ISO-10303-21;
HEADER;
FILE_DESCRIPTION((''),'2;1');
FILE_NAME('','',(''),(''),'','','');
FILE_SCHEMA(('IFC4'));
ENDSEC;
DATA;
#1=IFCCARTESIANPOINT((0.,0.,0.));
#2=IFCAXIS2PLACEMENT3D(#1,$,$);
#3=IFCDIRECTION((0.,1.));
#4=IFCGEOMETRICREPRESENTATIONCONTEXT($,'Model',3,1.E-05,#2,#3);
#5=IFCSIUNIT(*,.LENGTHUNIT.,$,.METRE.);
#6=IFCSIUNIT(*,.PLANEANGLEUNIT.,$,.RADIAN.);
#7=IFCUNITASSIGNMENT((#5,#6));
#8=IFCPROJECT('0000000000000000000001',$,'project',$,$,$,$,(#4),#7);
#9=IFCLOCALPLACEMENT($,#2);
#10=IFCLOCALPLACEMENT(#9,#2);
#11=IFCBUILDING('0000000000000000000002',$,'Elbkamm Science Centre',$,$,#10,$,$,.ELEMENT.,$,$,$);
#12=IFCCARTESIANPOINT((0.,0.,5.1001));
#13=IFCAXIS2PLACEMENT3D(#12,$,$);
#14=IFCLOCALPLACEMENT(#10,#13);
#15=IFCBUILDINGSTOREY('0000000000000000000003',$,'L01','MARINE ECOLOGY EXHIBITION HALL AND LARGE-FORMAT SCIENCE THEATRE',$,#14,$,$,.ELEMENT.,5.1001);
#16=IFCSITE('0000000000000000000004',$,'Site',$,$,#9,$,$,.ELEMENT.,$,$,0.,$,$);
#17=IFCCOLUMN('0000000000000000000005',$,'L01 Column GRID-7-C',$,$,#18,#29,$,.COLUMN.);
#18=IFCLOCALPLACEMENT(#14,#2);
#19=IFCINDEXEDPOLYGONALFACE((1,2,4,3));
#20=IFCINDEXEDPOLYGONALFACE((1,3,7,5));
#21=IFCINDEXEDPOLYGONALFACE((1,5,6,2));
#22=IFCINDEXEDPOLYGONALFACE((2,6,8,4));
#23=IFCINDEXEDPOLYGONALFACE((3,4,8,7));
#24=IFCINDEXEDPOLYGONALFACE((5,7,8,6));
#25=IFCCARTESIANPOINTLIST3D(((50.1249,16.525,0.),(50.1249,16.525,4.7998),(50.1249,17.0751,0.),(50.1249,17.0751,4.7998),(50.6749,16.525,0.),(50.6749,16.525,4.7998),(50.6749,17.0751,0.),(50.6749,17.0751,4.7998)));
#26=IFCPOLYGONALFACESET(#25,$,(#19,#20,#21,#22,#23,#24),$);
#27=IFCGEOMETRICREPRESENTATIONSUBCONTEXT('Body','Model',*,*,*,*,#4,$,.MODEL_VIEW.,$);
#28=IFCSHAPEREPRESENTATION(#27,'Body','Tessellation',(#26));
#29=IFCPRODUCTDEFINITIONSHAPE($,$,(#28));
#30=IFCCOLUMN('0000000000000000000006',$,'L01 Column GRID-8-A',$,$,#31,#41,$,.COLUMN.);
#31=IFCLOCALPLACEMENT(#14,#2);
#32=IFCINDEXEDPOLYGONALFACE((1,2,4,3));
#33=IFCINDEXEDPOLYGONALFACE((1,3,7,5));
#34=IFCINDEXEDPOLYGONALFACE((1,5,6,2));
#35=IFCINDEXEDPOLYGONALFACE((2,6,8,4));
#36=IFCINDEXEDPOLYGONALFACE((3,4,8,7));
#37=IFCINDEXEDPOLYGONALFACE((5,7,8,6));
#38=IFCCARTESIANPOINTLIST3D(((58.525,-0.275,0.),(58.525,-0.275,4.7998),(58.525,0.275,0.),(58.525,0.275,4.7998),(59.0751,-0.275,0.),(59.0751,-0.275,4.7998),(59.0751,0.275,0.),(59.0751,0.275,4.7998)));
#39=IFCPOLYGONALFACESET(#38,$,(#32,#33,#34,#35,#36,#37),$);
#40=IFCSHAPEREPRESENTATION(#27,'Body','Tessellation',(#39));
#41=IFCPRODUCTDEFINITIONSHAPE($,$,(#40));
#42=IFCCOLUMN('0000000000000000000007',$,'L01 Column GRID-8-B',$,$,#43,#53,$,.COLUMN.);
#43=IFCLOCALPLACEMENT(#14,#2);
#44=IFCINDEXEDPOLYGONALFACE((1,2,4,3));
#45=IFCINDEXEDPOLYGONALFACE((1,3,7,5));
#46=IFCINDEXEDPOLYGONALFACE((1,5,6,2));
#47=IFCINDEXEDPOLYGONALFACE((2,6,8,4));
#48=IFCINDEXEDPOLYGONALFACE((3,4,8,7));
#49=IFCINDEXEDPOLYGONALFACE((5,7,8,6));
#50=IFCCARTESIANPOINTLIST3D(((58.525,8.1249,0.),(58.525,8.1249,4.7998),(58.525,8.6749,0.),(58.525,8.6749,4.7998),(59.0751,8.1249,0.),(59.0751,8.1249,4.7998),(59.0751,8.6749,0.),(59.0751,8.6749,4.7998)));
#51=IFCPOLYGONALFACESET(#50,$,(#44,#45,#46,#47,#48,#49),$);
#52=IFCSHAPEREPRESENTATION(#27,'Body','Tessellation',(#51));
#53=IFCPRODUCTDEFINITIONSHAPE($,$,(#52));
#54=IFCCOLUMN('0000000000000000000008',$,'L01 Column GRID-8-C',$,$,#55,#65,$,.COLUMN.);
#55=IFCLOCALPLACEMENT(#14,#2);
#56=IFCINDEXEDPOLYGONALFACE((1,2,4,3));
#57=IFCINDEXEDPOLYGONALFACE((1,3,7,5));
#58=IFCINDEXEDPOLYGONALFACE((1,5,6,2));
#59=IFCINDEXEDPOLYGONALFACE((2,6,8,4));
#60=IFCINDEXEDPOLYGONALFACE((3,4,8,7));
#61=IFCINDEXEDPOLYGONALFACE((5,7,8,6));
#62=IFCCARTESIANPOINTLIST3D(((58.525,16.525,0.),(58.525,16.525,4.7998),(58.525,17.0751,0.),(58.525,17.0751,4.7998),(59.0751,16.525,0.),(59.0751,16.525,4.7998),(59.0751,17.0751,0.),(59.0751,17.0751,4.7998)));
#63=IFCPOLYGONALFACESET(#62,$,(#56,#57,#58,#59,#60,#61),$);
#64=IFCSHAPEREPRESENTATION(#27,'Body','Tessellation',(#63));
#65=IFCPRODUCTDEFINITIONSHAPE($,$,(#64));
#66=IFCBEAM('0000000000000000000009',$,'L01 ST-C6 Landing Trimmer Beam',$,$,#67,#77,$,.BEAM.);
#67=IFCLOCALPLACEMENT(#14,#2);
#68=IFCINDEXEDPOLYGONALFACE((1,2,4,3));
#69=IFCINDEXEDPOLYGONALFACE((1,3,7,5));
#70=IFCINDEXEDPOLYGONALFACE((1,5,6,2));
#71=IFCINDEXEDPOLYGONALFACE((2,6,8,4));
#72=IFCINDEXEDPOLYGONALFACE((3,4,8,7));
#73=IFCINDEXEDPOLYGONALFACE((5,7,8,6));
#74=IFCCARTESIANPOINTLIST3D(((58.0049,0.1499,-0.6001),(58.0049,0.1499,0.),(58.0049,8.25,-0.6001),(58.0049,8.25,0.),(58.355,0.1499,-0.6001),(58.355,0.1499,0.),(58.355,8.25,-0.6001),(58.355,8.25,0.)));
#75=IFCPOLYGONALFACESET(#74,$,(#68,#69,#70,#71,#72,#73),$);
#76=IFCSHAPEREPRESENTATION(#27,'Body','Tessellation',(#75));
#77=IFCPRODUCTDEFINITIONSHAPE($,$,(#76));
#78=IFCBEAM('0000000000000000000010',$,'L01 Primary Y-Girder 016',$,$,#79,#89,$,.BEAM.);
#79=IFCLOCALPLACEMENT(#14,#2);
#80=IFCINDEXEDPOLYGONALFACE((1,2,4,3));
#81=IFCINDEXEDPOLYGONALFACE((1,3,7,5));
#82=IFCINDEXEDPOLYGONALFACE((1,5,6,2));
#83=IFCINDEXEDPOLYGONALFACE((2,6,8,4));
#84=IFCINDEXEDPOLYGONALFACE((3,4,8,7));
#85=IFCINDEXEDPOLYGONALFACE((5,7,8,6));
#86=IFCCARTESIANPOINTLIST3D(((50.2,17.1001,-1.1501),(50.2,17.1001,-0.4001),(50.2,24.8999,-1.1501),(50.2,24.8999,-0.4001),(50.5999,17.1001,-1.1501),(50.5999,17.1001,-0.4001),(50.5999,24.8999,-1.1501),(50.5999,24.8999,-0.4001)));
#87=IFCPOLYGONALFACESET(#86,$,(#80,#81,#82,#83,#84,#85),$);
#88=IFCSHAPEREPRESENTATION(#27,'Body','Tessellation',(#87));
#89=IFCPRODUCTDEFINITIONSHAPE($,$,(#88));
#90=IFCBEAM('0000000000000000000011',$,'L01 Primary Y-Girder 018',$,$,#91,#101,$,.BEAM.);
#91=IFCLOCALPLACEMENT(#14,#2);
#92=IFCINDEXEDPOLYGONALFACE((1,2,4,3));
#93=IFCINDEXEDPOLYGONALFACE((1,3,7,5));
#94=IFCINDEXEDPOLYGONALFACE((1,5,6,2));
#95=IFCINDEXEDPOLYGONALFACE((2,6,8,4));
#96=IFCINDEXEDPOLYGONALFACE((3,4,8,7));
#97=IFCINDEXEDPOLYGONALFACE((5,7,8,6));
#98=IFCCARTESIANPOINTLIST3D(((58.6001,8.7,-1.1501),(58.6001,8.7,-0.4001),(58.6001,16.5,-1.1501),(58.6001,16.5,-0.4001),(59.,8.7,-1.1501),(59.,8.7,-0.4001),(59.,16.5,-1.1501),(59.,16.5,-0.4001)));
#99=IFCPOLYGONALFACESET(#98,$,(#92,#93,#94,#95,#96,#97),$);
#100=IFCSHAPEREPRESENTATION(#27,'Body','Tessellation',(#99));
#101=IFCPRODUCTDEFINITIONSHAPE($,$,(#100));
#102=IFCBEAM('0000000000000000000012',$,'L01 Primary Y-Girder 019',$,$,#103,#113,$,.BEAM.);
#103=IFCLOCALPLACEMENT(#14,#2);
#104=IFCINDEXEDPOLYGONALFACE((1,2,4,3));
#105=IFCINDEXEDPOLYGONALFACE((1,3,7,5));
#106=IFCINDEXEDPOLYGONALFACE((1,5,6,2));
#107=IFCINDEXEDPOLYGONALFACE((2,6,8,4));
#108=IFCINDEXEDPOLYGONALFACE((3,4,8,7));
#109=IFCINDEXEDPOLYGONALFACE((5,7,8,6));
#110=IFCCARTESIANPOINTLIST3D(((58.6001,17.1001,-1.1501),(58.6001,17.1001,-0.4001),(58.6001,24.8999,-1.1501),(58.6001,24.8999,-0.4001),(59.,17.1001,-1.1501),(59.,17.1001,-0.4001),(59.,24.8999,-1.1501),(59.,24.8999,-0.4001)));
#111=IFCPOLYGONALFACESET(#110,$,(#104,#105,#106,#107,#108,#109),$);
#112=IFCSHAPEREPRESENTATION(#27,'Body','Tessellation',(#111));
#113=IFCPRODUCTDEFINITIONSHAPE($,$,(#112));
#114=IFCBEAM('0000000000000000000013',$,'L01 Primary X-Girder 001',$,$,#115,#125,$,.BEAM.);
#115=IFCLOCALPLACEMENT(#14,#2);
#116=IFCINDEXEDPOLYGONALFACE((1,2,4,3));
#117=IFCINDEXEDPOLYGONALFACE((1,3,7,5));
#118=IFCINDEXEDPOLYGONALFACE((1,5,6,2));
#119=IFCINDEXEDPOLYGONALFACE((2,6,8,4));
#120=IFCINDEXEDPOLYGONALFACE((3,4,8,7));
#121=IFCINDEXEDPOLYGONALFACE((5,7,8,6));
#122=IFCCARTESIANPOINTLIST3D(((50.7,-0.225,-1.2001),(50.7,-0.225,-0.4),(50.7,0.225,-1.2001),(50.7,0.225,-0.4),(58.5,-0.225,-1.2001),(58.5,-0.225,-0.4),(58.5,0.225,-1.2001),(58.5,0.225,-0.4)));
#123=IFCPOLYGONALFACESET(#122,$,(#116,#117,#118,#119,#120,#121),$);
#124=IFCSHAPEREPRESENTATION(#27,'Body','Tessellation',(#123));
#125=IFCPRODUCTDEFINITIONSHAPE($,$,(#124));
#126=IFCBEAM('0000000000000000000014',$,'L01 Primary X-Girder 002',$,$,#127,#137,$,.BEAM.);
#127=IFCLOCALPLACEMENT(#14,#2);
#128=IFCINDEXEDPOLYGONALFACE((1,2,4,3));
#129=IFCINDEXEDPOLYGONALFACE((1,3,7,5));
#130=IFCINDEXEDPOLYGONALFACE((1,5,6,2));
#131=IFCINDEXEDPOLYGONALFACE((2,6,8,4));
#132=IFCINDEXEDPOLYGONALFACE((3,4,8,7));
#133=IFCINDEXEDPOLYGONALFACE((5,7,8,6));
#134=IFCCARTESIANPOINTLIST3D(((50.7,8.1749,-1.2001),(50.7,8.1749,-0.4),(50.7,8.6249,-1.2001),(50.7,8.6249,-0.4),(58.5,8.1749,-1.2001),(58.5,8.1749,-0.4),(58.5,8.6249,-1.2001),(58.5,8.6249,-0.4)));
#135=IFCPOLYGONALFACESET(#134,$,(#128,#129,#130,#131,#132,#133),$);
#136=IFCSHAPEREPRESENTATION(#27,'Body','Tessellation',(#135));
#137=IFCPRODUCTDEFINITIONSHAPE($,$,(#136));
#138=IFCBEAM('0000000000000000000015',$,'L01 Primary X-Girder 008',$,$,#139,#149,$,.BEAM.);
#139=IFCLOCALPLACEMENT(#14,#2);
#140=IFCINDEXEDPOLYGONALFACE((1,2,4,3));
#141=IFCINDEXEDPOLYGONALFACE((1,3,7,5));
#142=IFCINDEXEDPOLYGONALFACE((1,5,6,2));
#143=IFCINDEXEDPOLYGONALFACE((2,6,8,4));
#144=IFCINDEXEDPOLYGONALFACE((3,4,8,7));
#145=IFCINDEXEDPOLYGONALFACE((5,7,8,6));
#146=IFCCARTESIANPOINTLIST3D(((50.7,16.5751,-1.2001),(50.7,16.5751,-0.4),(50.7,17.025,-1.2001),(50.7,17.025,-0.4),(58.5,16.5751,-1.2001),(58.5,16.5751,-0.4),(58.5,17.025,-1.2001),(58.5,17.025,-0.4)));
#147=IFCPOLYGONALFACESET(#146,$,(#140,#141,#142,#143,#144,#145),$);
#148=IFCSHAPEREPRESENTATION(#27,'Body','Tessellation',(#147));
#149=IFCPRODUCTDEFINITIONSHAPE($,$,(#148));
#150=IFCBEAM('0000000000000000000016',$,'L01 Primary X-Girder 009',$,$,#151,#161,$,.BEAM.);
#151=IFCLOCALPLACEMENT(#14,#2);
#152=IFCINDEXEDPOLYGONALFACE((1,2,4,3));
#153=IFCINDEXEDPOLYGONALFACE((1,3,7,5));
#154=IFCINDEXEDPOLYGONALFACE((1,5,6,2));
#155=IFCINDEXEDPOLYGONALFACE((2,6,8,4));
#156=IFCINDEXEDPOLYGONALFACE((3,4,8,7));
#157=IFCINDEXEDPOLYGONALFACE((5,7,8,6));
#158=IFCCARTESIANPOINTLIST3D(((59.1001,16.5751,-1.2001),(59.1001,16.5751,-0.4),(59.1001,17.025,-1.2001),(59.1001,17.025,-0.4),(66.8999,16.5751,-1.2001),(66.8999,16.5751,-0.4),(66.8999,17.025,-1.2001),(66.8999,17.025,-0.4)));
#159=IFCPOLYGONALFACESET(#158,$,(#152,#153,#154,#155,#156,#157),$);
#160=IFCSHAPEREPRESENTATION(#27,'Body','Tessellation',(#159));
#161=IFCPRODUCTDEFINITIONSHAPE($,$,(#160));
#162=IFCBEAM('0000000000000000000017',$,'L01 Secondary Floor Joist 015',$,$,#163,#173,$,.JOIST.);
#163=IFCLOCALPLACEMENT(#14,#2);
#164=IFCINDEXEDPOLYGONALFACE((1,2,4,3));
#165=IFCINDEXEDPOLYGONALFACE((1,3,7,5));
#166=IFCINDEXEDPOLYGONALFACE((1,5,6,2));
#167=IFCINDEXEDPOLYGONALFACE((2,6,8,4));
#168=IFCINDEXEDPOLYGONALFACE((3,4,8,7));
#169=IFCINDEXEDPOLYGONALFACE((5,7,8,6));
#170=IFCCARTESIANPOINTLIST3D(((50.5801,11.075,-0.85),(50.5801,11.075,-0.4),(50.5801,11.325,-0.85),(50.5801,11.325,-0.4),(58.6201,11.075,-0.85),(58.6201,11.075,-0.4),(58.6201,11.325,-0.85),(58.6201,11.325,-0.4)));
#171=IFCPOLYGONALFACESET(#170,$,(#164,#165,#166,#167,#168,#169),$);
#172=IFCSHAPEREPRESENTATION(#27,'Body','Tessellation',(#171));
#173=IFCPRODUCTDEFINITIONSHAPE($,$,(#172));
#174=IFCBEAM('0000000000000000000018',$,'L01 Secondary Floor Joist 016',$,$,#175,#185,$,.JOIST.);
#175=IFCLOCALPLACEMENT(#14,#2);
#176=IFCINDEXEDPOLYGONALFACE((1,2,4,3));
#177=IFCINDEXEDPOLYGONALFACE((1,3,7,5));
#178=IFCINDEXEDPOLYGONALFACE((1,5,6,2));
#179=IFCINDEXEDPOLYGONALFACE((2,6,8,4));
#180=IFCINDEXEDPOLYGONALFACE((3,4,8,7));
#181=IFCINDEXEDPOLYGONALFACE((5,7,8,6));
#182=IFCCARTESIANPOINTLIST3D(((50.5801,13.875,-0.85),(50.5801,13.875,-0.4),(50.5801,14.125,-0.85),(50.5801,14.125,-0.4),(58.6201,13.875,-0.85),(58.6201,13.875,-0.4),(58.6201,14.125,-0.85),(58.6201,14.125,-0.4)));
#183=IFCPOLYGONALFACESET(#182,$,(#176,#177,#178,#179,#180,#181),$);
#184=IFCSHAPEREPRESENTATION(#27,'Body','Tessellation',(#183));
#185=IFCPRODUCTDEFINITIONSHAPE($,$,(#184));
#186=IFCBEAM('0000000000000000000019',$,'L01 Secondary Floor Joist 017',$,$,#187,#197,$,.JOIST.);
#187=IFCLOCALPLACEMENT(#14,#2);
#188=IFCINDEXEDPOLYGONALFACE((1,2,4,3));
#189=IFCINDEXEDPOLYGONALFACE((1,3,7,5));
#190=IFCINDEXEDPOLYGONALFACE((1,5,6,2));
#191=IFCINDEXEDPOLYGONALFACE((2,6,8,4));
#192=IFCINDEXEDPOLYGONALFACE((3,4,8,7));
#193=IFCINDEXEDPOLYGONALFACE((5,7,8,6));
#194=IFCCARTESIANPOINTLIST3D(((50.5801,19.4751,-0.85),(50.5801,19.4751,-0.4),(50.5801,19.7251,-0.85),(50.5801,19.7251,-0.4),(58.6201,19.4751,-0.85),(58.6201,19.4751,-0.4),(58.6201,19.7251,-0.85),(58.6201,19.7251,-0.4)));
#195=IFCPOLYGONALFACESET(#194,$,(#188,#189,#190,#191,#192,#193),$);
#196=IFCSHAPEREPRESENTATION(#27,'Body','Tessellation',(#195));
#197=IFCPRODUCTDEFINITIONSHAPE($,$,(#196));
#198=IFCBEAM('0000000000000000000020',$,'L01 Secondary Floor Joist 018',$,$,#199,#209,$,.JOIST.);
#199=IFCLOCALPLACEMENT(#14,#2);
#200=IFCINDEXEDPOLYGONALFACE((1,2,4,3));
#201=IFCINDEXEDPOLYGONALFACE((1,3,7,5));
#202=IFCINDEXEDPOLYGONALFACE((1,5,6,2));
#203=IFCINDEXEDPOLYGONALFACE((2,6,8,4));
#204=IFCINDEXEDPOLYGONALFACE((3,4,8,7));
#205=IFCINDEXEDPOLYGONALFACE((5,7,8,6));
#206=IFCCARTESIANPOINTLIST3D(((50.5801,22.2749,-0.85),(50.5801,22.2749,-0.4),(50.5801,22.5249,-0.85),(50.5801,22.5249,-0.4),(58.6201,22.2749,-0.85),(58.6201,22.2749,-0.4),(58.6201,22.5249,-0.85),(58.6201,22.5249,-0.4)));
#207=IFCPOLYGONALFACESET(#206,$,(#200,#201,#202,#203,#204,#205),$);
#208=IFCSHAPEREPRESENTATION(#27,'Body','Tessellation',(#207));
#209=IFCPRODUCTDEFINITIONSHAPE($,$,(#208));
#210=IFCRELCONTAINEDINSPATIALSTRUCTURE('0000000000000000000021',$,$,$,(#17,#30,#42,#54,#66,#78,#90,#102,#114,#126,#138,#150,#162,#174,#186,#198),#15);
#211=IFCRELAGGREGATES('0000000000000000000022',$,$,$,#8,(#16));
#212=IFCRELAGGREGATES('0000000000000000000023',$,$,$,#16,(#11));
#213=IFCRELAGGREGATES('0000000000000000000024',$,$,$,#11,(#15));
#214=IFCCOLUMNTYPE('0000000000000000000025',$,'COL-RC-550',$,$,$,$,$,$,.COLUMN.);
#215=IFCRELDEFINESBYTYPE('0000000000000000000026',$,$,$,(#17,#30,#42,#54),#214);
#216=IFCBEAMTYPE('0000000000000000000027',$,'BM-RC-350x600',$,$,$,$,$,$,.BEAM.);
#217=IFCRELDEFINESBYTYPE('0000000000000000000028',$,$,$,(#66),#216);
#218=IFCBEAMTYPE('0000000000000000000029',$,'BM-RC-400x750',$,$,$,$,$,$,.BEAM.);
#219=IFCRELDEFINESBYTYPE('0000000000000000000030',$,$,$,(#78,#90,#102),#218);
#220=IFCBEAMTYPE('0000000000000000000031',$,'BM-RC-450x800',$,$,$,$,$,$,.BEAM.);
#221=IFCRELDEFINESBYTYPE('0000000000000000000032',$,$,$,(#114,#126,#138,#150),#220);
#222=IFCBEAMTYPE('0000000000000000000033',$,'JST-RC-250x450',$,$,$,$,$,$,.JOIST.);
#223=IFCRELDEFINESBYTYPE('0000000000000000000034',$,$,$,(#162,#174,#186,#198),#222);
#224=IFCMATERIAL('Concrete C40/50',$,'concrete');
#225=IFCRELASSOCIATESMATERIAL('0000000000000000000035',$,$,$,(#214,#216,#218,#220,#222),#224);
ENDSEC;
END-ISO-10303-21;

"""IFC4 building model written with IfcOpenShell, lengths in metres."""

from ifc_helpers import new_model, si_unit, direction, frame, origin, origin_2d, place, context, subcontext, project, spatial, rectangle, extrude, material, material_profile, profile_set, type_object, element, save


model = new_model("IFC4")

# Units and contexts
model_context = context("Model", 3, precision=1e-05, world=origin(), true_north=direction((0.0, 1.0)))
body_context = subcontext(model_context, "Body", "Model", "MODEL_VIEW")
ifc_project = project(units=[si_unit("LENGTHUNIT", "METRE"), si_unit("PLANEANGLEUNIT", "RADIAN")], contexts=[model_context])

# Site, building, storey
site_placement = place(None, origin())
site = spatial("IfcSite", under=ifc_project, at=site_placement, Name="Site", CompositionType="ELEMENT", RefElevation=0.0)
building_placement = place(site_placement, origin())
building = spatial("IfcBuilding", under=site, at=building_placement, Name="Elbkamm Science Centre", CompositionType="ELEMENT")
storey_placement = place(building_placement, frame((0.0, 0.0, 5.1001)))
storey = spatial("IfcBuildingStorey", under=building, at=storey_placement, Name="L01", Description="MARINE ECOLOGY EXHIBITION HALL AND LARGE-FORMAT SCIENCE THEATRE", CompositionType="ELEMENT", Elevation=5.1001)

# Columns
ifc_material_1 = material(Name="Concrete C40/50", Category="concrete")
ifc_material_profile_1 = material_profile(ifc_material_1, rectangle(XDim=0.55, YDim=0.55, at=origin_2d()), Name="RC 550x550")
ifc_profile_set_1 = profile_set([ifc_material_profile_1], Name="Concrete C40/50")
column_type = type_object("IfcColumnType", Name="COL-RC-550", PredefinedType="COLUMN", material=ifc_profile_set_1)
for number, where, z_axis, x_axis, name in (
    (1, (50.3999, 16.8, 0.0), (0.0, 0.0, 1.0), (1.0, 0.0, 0.0), "L01 Column GRID-7-C"),
    (2, (58.8, 0.0, 0.0), (0.0, 0.0, 1.0), (1.0, 0.0, 0.0), "L01 Column GRID-8-A"),
    (3, (58.8, 8.3999, 0.0), (0.0, 0.0, 1.0), (1.0, 0.0, 0.0), "L01 Column GRID-8-B"),
    (4, (58.8, 16.8, 0.0), (0.0, 0.0, 1.0), (1.0, 0.0, 0.0), "L01 Column GRID-8-C"),
):
    element("IfcColumn", number, at=place(storey_placement, frame(where, z_axis=z_axis, x_axis=x_axis)), inside=storey, type_object=column_type, Name=name, PredefinedType="COLUMN", context=body_context, shape_type="SweptSolid", body=[
        extrude(rectangle(XDim=0.55, YDim=0.55, at=origin_2d()), origin(), (0.0, 0.0, 1.0), 4.7998),
    ])

# Beams
ifc_material_profile_2 = material_profile(ifc_material_1, rectangle(XDim=0.3501, YDim=0.6001, at=origin_2d()), Name="RC 350x600")
ifc_profile_set_2 = profile_set([ifc_material_profile_2], Name="Concrete C40/50")
beam_type_1 = type_object("IfcBeamType", Name="BM-RC-350x600", PredefinedType="BEAM", material=ifc_profile_set_2)
beam_1_placement = place(storey_placement, frame((58.1799, 0.1499, -0.3), z_axis=(0.0, 1.0, 0.0), x_axis=(-1.0, 0.0, 0.0)))
element("IfcBeam", 5, at=beam_1_placement, inside=storey, type_object=beam_type_1, Name="L01 ST-C6 Landing Trimmer Beam", PredefinedType="BEAM", context=body_context, shape_type="SweptSolid", body=[
    extrude(rectangle(XDim=0.3501, YDim=0.6001, at=origin_2d()), origin(), (0.0, 0.0, 1.0), 8.1001),
])
ifc_material_profile_3 = material_profile(ifc_material_1, rectangle(XDim=0.3999, YDim=0.75, at=origin_2d()), Name="RC 400x750")
ifc_profile_set_3 = profile_set([ifc_material_profile_3], Name="Concrete C40/50")
beam_type_2 = type_object("IfcBeamType", Name="BM-RC-400x750", PredefinedType="BEAM", material=ifc_profile_set_3)
beam_2_placement = place(storey_placement, frame((50.3999, 17.1001, -0.7751), z_axis=(0.0, 1.0, 0.0), x_axis=(-1.0, 0.0, 0.0)))
element("IfcBeam", 6, at=beam_2_placement, inside=storey, type_object=beam_type_2, Name="L01 Primary Y-Girder 016", PredefinedType="BEAM", context=body_context, shape_type="SweptSolid", body=[
    extrude(rectangle(XDim=0.3999, YDim=0.75, at=origin_2d()), origin(), (0.0, 0.0, 1.0), 7.7998),
])
beam_3_placement = place(storey_placement, frame((58.8, 8.7, -0.7751), z_axis=(0.0, 1.0, 0.0), x_axis=(-1.0, 0.0, 0.0)))
element("IfcBeam", 7, at=beam_3_placement, inside=storey, type_object=beam_type_2, Name="L01 Primary Y-Girder 018", PredefinedType="BEAM", context=body_context, shape_type="SweptSolid", body=[
    extrude(rectangle(XDim=0.3999, YDim=0.75, at=origin_2d()), origin(), (0.0, 0.0, 1.0), 7.8),
])
beam_4_placement = place(storey_placement, frame((58.8, 17.1001, -0.7751), z_axis=(0.0, 1.0, 0.0), x_axis=(-1.0, 0.0, 0.0)))
element("IfcBeam", 8, at=beam_4_placement, inside=storey, type_object=beam_type_2, Name="L01 Primary Y-Girder 019", PredefinedType="BEAM", context=body_context, shape_type="SweptSolid", body=[
    extrude(rectangle(XDim=0.3999, YDim=0.75, at=origin_2d()), origin(), (0.0, 0.0, 1.0), 7.7998),
])
ifc_material_profile_4 = material_profile(ifc_material_1, rectangle(XDim=0.45, YDim=0.8, at=origin_2d()), Name="RC 450x800")
ifc_profile_set_4 = profile_set([ifc_material_profile_4], Name="Concrete C40/50")
beam_type_3 = type_object("IfcBeamType", Name="BM-RC-450x800", PredefinedType="BEAM", material=ifc_profile_set_4)
for number, where, z_axis, x_axis, name in (
    (9, (50.7, 0.0, -0.8), (1.0, 0.0, 0.0), (0.0, 1.0, 0.0), "L01 Primary X-Girder 001"),
    (10, (50.7, 8.3999, -0.8), (1.0, 0.0, 0.0), (0.0, 1.0, 0.0), "L01 Primary X-Girder 002"),
    (11, (50.7, 16.8, -0.8), (1.0, 0.0, 0.0), (0.0, 1.0, 0.0), "L01 Primary X-Girder 008"),
):
    element("IfcBeam", number, at=place(storey_placement, frame(where, z_axis=z_axis, x_axis=x_axis)), inside=storey, type_object=beam_type_3, Name=name, PredefinedType="BEAM", context=body_context, shape_type="SweptSolid", body=[
        extrude(rectangle(XDim=0.45, YDim=0.8, at=origin_2d()), origin(), (0.0, 0.0, 1.0), 7.8),
    ])
beam_5_placement = place(storey_placement, frame((59.1001, 16.8, -0.8), z_axis=(1.0, 0.0, 0.0), x_axis=(0.0, 1.0, 0.0)))
element("IfcBeam", 12, at=beam_5_placement, inside=storey, type_object=beam_type_3, Name="L01 Primary X-Girder 009", PredefinedType="BEAM", context=body_context, shape_type="SweptSolid", body=[
    extrude(rectangle(XDim=0.45, YDim=0.8, at=origin_2d()), origin(), (0.0, 0.0, 1.0), 7.7998),
])
ifc_material_profile_5 = material_profile(ifc_material_1, rectangle(XDim=0.25, YDim=0.45, at=origin_2d()), Name="RC 250x450")
ifc_profile_set_5 = profile_set([ifc_material_profile_5], Name="Concrete C40/50")
beam_type_4 = type_object("IfcBeamType", Name="JST-RC-250x450", PredefinedType="JOIST", material=ifc_profile_set_5)
for number, where, z_axis, x_axis, name in (
    (13, (50.5801, 11.2, -0.625), (1.0, 0.0, 0.0), (0.0, 1.0, 0.0), "L01 Secondary Floor Joist 015"),
    (14, (50.5801, 14.0, -0.625), (1.0, 0.0, 0.0), (0.0, 1.0, 0.0), "L01 Secondary Floor Joist 016"),
    (15, (50.5801, 19.6001, -0.625), (1.0, 0.0, 0.0), (0.0, 1.0, 0.0), "L01 Secondary Floor Joist 017"),
    (16, (50.5801, 22.3999, -0.625), (1.0, 0.0, 0.0), (0.0, 1.0, 0.0), "L01 Secondary Floor Joist 018"),
):
    element("IfcBeam", number, at=place(storey_placement, frame(where, z_axis=z_axis, x_axis=x_axis)), inside=storey, type_object=beam_type_4, Name=name, PredefinedType="JOIST", context=body_context, shape_type="SweptSolid", body=[
        extrude(rectangle(XDim=0.25, YDim=0.45, at=origin_2d()), origin(), (0.0, 0.0, 1.0), 8.04),
    ])

save(model, "model.ifc")
